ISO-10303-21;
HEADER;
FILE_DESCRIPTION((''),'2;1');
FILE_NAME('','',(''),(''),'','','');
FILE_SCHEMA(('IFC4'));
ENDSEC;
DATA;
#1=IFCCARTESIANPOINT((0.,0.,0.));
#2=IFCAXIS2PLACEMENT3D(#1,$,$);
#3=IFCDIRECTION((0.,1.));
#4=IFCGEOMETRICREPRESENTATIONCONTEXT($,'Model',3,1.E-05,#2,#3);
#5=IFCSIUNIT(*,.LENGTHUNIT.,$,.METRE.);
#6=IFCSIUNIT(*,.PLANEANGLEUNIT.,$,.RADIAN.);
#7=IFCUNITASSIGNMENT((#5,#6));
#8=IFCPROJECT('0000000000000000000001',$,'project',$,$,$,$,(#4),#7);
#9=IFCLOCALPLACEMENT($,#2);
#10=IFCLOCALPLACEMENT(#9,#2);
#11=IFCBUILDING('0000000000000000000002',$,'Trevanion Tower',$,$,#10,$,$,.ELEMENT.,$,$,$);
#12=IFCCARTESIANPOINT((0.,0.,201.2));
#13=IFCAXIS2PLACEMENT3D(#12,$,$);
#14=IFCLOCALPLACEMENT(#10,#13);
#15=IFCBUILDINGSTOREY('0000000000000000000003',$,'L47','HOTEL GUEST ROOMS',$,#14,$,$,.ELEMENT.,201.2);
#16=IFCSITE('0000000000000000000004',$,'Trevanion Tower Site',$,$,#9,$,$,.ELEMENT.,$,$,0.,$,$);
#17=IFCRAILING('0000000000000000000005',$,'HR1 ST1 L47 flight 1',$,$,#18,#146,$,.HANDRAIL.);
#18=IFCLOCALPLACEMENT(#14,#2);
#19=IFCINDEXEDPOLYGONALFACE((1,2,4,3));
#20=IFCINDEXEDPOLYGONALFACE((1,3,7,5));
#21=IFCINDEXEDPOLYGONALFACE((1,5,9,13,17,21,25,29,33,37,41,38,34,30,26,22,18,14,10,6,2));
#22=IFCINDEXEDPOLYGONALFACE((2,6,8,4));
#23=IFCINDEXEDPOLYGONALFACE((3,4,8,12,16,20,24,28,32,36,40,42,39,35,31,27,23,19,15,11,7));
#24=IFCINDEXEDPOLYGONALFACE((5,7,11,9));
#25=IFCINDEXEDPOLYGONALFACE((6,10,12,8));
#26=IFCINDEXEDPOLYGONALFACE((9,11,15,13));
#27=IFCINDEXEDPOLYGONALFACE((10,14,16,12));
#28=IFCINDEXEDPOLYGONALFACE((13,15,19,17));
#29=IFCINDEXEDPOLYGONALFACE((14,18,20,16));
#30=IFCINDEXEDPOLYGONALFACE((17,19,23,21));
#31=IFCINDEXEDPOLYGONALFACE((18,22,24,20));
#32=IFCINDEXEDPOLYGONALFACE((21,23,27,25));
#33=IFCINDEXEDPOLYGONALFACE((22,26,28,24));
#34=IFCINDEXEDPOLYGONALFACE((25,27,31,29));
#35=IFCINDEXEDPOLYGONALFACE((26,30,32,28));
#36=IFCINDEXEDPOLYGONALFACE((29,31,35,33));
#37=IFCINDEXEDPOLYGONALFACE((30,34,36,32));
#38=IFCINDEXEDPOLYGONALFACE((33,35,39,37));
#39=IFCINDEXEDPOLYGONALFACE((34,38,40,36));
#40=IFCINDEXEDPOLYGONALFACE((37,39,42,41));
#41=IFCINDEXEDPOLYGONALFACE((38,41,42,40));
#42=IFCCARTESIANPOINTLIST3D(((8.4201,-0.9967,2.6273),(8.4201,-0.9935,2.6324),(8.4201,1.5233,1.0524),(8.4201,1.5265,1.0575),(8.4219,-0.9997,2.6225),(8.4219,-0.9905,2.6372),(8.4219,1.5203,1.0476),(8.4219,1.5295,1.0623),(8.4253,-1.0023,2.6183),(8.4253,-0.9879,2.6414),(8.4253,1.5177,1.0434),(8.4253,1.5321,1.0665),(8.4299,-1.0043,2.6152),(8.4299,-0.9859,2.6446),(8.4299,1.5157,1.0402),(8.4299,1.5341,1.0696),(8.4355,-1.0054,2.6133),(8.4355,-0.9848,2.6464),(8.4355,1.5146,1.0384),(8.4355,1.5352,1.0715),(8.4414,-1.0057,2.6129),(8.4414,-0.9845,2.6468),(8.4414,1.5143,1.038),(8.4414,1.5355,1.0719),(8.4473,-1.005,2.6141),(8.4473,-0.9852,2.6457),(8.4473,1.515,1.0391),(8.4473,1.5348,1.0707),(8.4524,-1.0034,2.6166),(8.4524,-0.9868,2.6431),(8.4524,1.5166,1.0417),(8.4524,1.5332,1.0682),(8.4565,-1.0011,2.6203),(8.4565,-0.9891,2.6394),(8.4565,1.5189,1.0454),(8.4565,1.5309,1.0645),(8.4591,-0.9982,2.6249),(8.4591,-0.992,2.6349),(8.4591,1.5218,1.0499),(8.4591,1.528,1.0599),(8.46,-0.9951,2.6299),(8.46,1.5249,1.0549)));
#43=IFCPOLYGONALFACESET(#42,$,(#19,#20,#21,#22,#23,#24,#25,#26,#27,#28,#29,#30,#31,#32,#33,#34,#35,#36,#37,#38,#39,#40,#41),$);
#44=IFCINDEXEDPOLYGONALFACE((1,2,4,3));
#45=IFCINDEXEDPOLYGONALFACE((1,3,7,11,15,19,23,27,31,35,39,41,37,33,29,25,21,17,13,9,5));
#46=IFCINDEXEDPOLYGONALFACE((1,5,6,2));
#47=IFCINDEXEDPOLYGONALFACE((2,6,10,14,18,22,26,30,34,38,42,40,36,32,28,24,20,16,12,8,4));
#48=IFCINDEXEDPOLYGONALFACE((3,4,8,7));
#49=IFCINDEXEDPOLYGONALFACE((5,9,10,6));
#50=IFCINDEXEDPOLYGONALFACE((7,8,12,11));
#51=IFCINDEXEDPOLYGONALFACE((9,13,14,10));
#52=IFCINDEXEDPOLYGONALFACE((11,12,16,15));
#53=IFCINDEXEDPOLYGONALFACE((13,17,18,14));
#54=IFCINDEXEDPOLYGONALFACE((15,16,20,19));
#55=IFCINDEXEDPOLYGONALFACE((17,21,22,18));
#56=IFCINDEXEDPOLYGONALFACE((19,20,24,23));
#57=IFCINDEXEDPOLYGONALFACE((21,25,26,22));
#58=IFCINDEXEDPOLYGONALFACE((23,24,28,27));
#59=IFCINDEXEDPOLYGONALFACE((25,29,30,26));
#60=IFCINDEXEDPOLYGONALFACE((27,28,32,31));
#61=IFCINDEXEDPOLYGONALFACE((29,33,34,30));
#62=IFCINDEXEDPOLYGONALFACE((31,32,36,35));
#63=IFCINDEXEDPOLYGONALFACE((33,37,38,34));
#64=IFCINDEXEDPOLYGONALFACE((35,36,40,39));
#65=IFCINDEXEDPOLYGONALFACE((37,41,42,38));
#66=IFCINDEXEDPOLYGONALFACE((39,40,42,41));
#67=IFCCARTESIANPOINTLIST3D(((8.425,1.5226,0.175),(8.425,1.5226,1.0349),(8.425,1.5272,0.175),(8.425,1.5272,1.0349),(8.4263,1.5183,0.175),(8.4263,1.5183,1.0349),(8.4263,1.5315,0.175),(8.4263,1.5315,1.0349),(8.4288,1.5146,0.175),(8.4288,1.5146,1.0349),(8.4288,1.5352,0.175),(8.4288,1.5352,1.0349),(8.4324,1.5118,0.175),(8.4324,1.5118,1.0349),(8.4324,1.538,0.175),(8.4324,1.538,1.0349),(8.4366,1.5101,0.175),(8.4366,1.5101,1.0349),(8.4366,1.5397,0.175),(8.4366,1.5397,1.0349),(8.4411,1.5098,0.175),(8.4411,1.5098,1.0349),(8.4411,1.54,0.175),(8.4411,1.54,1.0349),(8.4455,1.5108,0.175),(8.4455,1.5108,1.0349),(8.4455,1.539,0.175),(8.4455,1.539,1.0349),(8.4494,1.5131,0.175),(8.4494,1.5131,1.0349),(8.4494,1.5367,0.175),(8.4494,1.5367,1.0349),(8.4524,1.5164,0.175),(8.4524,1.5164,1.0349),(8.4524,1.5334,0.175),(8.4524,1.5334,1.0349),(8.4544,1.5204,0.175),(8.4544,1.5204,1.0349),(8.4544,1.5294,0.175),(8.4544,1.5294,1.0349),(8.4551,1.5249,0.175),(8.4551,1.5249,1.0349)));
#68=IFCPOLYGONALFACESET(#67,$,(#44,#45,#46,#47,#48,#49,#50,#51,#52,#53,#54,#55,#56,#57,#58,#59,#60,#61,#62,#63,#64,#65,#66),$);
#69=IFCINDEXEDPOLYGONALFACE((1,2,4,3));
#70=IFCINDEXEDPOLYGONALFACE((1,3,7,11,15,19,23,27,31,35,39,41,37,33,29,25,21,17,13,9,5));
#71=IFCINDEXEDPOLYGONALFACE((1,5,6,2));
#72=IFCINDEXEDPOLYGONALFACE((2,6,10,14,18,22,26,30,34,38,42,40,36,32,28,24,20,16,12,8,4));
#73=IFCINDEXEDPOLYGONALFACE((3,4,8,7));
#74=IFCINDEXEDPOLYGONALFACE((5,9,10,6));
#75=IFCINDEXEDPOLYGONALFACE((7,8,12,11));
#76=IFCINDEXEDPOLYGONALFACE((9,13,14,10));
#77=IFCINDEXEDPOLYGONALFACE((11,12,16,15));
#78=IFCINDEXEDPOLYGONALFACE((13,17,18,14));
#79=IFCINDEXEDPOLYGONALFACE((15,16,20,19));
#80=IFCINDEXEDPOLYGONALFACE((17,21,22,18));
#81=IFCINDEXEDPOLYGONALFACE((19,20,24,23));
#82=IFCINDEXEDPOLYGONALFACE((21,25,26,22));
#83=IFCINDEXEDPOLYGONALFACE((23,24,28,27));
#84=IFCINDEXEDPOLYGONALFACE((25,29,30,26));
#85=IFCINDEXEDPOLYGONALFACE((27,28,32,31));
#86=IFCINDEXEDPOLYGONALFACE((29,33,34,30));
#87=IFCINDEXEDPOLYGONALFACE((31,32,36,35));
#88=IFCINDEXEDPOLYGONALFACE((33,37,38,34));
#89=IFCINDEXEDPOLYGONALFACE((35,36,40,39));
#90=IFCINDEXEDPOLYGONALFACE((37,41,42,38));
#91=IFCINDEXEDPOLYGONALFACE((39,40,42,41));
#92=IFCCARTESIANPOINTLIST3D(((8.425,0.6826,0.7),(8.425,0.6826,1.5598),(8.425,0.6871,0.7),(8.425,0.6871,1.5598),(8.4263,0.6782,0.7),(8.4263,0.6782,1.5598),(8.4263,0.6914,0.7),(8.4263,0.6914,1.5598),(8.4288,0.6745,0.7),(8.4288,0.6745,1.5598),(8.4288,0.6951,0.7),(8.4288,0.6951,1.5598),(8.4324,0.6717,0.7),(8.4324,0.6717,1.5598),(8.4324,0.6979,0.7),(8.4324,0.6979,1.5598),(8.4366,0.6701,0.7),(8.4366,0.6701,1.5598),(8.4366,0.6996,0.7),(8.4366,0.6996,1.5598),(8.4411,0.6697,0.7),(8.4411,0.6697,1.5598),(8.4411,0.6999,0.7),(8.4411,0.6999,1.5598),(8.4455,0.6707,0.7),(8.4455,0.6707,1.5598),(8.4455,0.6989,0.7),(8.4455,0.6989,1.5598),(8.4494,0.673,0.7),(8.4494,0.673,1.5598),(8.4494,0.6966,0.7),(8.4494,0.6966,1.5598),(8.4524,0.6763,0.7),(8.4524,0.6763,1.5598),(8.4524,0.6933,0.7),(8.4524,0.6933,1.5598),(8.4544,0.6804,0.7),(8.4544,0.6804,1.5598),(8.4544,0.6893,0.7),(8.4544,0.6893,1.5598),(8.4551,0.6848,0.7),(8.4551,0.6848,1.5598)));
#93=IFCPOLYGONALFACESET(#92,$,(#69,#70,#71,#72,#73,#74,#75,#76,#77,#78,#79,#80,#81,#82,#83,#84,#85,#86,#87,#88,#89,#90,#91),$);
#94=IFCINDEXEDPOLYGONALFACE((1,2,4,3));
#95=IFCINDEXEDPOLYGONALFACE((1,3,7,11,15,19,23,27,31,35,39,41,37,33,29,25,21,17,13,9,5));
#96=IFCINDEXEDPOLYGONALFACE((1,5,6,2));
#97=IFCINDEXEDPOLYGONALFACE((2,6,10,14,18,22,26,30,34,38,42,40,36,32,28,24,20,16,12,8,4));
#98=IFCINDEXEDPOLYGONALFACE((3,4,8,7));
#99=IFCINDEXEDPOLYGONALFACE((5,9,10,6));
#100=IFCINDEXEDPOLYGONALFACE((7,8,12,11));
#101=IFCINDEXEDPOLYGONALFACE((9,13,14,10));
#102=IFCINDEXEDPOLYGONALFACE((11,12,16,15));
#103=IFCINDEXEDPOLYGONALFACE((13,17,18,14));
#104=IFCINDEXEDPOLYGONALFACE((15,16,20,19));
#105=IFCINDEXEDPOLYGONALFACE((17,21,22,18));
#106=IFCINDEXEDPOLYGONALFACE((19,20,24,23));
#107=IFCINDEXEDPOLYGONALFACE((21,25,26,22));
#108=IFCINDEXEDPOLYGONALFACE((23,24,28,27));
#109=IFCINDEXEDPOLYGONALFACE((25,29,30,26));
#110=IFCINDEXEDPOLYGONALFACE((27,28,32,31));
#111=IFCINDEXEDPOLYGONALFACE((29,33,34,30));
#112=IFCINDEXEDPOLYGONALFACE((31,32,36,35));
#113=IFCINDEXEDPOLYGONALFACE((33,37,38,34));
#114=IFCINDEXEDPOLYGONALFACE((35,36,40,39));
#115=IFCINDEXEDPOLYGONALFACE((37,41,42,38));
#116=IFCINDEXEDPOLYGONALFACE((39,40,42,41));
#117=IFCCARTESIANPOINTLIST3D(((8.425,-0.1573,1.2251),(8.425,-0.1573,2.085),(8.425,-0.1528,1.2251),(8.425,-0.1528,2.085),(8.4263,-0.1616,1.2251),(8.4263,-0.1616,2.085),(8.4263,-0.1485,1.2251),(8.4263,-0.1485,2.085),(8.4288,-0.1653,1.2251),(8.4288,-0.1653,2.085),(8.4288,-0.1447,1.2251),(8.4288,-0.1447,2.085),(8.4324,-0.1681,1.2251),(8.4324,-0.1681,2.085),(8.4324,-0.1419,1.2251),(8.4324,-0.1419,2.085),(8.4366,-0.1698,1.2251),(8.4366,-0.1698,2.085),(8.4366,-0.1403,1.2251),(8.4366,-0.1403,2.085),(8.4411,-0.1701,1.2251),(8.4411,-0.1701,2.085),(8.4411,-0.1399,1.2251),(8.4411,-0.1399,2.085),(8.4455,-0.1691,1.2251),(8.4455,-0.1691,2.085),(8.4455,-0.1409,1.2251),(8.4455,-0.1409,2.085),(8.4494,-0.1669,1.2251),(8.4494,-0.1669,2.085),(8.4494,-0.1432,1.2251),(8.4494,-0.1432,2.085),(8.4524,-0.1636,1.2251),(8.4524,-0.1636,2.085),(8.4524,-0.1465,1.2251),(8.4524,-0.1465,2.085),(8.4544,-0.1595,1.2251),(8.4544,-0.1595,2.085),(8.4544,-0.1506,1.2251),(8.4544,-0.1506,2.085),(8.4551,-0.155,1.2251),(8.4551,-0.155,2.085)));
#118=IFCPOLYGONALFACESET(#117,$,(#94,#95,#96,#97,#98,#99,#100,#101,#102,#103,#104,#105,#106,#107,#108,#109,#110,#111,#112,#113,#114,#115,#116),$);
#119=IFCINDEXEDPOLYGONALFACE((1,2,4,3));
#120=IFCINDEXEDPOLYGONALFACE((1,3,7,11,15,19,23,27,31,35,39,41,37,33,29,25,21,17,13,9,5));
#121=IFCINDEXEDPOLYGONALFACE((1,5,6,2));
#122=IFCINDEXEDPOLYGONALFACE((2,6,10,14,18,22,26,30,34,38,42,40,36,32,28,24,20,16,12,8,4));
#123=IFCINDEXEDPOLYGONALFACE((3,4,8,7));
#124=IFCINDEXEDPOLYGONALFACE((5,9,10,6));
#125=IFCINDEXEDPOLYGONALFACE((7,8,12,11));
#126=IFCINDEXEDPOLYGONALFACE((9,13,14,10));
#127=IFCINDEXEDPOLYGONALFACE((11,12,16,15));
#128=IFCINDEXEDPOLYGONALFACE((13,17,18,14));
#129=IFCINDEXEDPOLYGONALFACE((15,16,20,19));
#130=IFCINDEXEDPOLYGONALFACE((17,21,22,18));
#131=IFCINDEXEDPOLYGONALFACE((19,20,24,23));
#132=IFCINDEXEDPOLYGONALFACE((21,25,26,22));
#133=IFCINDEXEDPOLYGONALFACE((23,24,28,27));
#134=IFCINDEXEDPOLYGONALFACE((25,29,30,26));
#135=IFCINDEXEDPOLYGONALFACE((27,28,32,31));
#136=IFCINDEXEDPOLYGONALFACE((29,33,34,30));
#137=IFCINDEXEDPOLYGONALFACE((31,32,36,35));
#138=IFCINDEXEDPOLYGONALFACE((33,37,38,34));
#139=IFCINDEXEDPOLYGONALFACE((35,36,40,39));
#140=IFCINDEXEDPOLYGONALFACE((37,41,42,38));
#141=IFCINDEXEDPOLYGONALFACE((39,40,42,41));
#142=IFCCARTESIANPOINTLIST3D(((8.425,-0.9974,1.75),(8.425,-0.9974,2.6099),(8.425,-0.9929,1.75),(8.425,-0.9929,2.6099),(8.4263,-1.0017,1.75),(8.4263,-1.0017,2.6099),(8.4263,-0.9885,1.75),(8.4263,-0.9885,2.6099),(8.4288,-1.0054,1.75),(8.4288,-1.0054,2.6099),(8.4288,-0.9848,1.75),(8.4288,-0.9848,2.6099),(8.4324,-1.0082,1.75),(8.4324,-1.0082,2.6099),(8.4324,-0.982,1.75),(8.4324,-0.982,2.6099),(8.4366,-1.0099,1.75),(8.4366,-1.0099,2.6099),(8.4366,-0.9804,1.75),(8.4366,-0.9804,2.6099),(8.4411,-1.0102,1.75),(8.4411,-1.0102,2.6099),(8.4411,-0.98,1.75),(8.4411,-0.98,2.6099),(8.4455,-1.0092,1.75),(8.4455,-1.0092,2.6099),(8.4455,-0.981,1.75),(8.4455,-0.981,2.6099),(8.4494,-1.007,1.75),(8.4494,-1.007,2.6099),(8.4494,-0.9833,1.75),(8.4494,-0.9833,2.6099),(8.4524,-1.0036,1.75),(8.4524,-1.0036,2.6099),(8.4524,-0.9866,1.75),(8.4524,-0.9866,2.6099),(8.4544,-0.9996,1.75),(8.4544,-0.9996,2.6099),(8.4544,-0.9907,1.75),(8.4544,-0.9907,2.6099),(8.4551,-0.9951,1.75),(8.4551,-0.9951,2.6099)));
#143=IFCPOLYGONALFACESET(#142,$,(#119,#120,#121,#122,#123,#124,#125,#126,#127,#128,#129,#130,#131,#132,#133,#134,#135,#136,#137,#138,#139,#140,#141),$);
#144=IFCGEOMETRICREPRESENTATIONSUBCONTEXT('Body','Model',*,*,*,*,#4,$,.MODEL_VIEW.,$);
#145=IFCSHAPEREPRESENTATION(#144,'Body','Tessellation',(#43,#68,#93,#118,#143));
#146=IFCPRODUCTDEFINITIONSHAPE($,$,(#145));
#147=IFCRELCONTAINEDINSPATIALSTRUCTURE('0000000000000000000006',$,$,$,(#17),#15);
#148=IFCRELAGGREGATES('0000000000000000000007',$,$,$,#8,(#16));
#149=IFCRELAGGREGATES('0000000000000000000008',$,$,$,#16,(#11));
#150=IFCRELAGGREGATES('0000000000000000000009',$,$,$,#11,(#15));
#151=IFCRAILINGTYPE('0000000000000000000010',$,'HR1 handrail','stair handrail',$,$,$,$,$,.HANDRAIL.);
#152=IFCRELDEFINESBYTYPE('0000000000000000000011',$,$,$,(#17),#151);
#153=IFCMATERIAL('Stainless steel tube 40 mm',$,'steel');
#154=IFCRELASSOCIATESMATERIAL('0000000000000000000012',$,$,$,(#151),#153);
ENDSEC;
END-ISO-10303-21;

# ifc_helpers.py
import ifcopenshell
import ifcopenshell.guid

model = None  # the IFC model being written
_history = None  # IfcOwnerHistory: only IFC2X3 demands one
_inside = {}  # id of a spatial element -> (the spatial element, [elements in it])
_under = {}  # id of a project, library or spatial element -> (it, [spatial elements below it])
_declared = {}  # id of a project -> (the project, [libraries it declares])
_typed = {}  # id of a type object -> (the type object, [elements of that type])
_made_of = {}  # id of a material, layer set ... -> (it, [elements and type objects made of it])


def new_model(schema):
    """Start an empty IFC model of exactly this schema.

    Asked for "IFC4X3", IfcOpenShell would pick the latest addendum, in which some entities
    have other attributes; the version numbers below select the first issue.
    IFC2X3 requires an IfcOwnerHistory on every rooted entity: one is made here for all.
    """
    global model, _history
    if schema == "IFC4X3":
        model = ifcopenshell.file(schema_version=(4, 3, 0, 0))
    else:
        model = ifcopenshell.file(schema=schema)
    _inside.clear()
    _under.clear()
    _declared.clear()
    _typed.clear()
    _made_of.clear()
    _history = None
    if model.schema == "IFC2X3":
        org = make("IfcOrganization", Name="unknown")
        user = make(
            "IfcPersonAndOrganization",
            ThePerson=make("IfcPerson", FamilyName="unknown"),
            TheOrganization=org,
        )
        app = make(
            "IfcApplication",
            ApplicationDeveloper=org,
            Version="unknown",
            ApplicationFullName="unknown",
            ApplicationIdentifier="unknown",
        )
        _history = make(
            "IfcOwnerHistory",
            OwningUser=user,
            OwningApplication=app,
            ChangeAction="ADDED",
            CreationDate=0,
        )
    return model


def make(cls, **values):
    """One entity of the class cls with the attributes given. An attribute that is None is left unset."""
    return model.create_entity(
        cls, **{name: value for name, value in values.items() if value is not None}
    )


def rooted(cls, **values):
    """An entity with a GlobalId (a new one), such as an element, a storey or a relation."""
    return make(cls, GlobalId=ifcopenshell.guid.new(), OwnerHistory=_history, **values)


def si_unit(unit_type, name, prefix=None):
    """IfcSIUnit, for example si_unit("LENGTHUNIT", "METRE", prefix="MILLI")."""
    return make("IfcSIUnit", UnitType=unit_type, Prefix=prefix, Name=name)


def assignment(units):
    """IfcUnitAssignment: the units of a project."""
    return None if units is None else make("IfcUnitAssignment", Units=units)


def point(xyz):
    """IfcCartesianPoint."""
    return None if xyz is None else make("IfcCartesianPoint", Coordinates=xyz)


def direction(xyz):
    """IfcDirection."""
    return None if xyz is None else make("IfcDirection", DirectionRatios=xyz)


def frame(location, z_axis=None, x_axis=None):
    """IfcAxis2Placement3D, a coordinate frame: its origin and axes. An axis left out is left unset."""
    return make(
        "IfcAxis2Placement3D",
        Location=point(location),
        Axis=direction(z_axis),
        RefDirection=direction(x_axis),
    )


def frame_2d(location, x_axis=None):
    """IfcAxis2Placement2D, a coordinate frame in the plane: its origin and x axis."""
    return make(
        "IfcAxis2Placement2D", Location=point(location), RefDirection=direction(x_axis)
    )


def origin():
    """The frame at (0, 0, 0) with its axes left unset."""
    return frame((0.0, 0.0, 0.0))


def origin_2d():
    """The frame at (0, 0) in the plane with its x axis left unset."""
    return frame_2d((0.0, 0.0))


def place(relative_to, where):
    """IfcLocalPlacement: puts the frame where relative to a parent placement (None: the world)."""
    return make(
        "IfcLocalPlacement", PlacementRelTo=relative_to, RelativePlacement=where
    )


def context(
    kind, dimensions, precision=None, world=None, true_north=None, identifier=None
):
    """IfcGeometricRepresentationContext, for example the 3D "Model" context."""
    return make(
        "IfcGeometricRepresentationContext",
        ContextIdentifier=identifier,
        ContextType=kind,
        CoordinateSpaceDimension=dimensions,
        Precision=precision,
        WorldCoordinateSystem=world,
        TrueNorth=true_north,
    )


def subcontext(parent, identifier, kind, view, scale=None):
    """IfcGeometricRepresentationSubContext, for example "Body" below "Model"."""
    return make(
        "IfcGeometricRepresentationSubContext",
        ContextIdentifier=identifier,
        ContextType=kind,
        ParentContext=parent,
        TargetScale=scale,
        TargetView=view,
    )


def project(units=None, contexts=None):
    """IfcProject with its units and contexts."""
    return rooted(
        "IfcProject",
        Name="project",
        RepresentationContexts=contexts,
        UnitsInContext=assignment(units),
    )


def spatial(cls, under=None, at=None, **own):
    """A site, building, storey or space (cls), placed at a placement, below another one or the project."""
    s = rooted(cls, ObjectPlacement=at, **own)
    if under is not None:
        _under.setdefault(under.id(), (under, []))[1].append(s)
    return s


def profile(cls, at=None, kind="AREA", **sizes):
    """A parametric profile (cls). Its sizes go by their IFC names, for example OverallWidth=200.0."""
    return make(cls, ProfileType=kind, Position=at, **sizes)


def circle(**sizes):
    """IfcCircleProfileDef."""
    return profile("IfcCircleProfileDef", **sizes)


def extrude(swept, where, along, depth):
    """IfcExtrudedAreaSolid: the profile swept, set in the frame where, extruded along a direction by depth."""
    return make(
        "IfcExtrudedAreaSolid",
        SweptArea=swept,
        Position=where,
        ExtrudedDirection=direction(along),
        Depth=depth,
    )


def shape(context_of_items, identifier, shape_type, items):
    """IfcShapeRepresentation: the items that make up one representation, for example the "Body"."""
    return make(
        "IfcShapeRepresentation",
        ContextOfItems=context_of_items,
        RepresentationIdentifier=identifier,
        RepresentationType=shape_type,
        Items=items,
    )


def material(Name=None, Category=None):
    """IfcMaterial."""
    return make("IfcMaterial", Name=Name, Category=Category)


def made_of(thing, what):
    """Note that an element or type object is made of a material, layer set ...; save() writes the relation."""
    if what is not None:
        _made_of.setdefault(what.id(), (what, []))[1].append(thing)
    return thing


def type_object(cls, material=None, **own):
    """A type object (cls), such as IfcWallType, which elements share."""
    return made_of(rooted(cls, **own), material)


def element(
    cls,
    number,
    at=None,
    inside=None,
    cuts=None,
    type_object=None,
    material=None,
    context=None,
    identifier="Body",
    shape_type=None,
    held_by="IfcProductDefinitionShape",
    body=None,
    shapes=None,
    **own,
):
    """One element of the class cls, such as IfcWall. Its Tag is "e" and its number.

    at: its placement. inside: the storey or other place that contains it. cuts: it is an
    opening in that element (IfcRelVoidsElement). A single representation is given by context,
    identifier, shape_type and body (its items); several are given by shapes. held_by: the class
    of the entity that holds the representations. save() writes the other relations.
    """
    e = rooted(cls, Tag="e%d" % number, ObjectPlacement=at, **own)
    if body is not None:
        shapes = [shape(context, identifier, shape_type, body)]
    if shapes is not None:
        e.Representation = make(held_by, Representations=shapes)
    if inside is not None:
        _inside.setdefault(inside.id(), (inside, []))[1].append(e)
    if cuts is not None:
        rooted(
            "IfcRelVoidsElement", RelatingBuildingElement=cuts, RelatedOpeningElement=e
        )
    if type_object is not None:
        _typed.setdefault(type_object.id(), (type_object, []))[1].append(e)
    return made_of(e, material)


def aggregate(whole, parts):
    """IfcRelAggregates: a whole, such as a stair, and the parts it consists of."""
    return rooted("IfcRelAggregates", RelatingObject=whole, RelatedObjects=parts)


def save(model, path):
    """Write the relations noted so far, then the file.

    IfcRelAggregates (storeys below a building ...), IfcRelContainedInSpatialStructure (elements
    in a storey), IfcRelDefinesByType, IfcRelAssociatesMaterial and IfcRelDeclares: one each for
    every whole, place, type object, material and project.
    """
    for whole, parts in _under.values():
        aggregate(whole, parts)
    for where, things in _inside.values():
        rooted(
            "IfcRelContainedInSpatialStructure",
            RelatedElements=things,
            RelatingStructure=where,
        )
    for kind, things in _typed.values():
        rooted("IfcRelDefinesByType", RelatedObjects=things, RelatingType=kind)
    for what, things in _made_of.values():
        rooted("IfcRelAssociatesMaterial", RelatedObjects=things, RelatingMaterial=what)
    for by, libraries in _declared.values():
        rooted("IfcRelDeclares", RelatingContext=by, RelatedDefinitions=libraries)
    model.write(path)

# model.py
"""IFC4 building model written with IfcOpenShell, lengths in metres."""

from ifc_helpers import new_model, si_unit, direction, frame, origin, origin_2d, place, context, subcontext, project, spatial, circle, extrude, material, type_object, element, save


model = new_model("IFC4")

# Units and contexts
model_context = context("Model", 3, precision=1e-05, world=origin(), true_north=direction((0.0, 1.0)))
body_context = subcontext(model_context, "Body", "Model", "MODEL_VIEW")
ifc_project = project(units=[si_unit("LENGTHUNIT", "METRE"), si_unit("PLANEANGLEUNIT", "RADIAN")], contexts=[model_context])

# Site, building, storey
site_placement = place(None, origin())
site = spatial("IfcSite", under=ifc_project, at=site_placement, Name="Trevanion Tower Site", CompositionType="ELEMENT", RefElevation=0.0)
building_placement = place(site_placement, origin())
building = spatial("IfcBuilding", under=site, at=building_placement, Name="Trevanion Tower", CompositionType="ELEMENT")
storey_placement = place(building_placement, frame((0.0, 0.0, 201.2)))
storey = spatial("IfcBuildingStorey", under=building, at=storey_placement, Name="L47", Description="HOTEL GUEST ROOMS", CompositionType="ELEMENT", Elevation=201.2)

# Railing
ifc_material_1 = material(Name="Stainless steel tube 40 mm", Category="steel")
railing_type = type_object("IfcRailingType", Name="HR1 handrail", Description="stair handrail", PredefinedType="HANDRAIL", material=ifc_material_1)
for number, where, name in (
    (1, (8.4399, 1.5249, 0.175), "HR1 ST1 L47 flight 1"),
):
    element("IfcRailing", number, at=place(storey_placement, frame(where)), inside=storey, type_object=railing_type, Name=name, PredefinedType="HANDRAIL", context=body_context, shape_type="SweptSolid", body=[
        extrude(circle(Radius=0.02, at=origin_2d()), frame((0.0, 0.0, 0.8799), z_axis=(0.0, -0.848008, 0.529984), x_axis=(1.0, 0.0, 0.0)), (0.0, 0.0, 1.0), 2.9717),
        extrude(circle(Radius=0.0151, at=origin_2d()), origin(), (0.0, 0.0, 1.0), 0.8599),
        extrude(circle(Radius=0.0151, at=origin_2d()), frame((0.0, -0.8401, 0.5249)), (0.0, 0.0, 1.0), 0.8599),
        extrude(circle(Radius=0.0151, at=origin_2d()), frame((0.0, -1.6799, 1.05)), (0.0, 0.0, 1.0), 0.8599),
        extrude(circle(Radius=0.0151, at=origin_2d()), frame((0.0, -2.52, 1.575)), (0.0, 0.0, 1.0), 0.8599),
    ])

save(model, "model.ifc")
